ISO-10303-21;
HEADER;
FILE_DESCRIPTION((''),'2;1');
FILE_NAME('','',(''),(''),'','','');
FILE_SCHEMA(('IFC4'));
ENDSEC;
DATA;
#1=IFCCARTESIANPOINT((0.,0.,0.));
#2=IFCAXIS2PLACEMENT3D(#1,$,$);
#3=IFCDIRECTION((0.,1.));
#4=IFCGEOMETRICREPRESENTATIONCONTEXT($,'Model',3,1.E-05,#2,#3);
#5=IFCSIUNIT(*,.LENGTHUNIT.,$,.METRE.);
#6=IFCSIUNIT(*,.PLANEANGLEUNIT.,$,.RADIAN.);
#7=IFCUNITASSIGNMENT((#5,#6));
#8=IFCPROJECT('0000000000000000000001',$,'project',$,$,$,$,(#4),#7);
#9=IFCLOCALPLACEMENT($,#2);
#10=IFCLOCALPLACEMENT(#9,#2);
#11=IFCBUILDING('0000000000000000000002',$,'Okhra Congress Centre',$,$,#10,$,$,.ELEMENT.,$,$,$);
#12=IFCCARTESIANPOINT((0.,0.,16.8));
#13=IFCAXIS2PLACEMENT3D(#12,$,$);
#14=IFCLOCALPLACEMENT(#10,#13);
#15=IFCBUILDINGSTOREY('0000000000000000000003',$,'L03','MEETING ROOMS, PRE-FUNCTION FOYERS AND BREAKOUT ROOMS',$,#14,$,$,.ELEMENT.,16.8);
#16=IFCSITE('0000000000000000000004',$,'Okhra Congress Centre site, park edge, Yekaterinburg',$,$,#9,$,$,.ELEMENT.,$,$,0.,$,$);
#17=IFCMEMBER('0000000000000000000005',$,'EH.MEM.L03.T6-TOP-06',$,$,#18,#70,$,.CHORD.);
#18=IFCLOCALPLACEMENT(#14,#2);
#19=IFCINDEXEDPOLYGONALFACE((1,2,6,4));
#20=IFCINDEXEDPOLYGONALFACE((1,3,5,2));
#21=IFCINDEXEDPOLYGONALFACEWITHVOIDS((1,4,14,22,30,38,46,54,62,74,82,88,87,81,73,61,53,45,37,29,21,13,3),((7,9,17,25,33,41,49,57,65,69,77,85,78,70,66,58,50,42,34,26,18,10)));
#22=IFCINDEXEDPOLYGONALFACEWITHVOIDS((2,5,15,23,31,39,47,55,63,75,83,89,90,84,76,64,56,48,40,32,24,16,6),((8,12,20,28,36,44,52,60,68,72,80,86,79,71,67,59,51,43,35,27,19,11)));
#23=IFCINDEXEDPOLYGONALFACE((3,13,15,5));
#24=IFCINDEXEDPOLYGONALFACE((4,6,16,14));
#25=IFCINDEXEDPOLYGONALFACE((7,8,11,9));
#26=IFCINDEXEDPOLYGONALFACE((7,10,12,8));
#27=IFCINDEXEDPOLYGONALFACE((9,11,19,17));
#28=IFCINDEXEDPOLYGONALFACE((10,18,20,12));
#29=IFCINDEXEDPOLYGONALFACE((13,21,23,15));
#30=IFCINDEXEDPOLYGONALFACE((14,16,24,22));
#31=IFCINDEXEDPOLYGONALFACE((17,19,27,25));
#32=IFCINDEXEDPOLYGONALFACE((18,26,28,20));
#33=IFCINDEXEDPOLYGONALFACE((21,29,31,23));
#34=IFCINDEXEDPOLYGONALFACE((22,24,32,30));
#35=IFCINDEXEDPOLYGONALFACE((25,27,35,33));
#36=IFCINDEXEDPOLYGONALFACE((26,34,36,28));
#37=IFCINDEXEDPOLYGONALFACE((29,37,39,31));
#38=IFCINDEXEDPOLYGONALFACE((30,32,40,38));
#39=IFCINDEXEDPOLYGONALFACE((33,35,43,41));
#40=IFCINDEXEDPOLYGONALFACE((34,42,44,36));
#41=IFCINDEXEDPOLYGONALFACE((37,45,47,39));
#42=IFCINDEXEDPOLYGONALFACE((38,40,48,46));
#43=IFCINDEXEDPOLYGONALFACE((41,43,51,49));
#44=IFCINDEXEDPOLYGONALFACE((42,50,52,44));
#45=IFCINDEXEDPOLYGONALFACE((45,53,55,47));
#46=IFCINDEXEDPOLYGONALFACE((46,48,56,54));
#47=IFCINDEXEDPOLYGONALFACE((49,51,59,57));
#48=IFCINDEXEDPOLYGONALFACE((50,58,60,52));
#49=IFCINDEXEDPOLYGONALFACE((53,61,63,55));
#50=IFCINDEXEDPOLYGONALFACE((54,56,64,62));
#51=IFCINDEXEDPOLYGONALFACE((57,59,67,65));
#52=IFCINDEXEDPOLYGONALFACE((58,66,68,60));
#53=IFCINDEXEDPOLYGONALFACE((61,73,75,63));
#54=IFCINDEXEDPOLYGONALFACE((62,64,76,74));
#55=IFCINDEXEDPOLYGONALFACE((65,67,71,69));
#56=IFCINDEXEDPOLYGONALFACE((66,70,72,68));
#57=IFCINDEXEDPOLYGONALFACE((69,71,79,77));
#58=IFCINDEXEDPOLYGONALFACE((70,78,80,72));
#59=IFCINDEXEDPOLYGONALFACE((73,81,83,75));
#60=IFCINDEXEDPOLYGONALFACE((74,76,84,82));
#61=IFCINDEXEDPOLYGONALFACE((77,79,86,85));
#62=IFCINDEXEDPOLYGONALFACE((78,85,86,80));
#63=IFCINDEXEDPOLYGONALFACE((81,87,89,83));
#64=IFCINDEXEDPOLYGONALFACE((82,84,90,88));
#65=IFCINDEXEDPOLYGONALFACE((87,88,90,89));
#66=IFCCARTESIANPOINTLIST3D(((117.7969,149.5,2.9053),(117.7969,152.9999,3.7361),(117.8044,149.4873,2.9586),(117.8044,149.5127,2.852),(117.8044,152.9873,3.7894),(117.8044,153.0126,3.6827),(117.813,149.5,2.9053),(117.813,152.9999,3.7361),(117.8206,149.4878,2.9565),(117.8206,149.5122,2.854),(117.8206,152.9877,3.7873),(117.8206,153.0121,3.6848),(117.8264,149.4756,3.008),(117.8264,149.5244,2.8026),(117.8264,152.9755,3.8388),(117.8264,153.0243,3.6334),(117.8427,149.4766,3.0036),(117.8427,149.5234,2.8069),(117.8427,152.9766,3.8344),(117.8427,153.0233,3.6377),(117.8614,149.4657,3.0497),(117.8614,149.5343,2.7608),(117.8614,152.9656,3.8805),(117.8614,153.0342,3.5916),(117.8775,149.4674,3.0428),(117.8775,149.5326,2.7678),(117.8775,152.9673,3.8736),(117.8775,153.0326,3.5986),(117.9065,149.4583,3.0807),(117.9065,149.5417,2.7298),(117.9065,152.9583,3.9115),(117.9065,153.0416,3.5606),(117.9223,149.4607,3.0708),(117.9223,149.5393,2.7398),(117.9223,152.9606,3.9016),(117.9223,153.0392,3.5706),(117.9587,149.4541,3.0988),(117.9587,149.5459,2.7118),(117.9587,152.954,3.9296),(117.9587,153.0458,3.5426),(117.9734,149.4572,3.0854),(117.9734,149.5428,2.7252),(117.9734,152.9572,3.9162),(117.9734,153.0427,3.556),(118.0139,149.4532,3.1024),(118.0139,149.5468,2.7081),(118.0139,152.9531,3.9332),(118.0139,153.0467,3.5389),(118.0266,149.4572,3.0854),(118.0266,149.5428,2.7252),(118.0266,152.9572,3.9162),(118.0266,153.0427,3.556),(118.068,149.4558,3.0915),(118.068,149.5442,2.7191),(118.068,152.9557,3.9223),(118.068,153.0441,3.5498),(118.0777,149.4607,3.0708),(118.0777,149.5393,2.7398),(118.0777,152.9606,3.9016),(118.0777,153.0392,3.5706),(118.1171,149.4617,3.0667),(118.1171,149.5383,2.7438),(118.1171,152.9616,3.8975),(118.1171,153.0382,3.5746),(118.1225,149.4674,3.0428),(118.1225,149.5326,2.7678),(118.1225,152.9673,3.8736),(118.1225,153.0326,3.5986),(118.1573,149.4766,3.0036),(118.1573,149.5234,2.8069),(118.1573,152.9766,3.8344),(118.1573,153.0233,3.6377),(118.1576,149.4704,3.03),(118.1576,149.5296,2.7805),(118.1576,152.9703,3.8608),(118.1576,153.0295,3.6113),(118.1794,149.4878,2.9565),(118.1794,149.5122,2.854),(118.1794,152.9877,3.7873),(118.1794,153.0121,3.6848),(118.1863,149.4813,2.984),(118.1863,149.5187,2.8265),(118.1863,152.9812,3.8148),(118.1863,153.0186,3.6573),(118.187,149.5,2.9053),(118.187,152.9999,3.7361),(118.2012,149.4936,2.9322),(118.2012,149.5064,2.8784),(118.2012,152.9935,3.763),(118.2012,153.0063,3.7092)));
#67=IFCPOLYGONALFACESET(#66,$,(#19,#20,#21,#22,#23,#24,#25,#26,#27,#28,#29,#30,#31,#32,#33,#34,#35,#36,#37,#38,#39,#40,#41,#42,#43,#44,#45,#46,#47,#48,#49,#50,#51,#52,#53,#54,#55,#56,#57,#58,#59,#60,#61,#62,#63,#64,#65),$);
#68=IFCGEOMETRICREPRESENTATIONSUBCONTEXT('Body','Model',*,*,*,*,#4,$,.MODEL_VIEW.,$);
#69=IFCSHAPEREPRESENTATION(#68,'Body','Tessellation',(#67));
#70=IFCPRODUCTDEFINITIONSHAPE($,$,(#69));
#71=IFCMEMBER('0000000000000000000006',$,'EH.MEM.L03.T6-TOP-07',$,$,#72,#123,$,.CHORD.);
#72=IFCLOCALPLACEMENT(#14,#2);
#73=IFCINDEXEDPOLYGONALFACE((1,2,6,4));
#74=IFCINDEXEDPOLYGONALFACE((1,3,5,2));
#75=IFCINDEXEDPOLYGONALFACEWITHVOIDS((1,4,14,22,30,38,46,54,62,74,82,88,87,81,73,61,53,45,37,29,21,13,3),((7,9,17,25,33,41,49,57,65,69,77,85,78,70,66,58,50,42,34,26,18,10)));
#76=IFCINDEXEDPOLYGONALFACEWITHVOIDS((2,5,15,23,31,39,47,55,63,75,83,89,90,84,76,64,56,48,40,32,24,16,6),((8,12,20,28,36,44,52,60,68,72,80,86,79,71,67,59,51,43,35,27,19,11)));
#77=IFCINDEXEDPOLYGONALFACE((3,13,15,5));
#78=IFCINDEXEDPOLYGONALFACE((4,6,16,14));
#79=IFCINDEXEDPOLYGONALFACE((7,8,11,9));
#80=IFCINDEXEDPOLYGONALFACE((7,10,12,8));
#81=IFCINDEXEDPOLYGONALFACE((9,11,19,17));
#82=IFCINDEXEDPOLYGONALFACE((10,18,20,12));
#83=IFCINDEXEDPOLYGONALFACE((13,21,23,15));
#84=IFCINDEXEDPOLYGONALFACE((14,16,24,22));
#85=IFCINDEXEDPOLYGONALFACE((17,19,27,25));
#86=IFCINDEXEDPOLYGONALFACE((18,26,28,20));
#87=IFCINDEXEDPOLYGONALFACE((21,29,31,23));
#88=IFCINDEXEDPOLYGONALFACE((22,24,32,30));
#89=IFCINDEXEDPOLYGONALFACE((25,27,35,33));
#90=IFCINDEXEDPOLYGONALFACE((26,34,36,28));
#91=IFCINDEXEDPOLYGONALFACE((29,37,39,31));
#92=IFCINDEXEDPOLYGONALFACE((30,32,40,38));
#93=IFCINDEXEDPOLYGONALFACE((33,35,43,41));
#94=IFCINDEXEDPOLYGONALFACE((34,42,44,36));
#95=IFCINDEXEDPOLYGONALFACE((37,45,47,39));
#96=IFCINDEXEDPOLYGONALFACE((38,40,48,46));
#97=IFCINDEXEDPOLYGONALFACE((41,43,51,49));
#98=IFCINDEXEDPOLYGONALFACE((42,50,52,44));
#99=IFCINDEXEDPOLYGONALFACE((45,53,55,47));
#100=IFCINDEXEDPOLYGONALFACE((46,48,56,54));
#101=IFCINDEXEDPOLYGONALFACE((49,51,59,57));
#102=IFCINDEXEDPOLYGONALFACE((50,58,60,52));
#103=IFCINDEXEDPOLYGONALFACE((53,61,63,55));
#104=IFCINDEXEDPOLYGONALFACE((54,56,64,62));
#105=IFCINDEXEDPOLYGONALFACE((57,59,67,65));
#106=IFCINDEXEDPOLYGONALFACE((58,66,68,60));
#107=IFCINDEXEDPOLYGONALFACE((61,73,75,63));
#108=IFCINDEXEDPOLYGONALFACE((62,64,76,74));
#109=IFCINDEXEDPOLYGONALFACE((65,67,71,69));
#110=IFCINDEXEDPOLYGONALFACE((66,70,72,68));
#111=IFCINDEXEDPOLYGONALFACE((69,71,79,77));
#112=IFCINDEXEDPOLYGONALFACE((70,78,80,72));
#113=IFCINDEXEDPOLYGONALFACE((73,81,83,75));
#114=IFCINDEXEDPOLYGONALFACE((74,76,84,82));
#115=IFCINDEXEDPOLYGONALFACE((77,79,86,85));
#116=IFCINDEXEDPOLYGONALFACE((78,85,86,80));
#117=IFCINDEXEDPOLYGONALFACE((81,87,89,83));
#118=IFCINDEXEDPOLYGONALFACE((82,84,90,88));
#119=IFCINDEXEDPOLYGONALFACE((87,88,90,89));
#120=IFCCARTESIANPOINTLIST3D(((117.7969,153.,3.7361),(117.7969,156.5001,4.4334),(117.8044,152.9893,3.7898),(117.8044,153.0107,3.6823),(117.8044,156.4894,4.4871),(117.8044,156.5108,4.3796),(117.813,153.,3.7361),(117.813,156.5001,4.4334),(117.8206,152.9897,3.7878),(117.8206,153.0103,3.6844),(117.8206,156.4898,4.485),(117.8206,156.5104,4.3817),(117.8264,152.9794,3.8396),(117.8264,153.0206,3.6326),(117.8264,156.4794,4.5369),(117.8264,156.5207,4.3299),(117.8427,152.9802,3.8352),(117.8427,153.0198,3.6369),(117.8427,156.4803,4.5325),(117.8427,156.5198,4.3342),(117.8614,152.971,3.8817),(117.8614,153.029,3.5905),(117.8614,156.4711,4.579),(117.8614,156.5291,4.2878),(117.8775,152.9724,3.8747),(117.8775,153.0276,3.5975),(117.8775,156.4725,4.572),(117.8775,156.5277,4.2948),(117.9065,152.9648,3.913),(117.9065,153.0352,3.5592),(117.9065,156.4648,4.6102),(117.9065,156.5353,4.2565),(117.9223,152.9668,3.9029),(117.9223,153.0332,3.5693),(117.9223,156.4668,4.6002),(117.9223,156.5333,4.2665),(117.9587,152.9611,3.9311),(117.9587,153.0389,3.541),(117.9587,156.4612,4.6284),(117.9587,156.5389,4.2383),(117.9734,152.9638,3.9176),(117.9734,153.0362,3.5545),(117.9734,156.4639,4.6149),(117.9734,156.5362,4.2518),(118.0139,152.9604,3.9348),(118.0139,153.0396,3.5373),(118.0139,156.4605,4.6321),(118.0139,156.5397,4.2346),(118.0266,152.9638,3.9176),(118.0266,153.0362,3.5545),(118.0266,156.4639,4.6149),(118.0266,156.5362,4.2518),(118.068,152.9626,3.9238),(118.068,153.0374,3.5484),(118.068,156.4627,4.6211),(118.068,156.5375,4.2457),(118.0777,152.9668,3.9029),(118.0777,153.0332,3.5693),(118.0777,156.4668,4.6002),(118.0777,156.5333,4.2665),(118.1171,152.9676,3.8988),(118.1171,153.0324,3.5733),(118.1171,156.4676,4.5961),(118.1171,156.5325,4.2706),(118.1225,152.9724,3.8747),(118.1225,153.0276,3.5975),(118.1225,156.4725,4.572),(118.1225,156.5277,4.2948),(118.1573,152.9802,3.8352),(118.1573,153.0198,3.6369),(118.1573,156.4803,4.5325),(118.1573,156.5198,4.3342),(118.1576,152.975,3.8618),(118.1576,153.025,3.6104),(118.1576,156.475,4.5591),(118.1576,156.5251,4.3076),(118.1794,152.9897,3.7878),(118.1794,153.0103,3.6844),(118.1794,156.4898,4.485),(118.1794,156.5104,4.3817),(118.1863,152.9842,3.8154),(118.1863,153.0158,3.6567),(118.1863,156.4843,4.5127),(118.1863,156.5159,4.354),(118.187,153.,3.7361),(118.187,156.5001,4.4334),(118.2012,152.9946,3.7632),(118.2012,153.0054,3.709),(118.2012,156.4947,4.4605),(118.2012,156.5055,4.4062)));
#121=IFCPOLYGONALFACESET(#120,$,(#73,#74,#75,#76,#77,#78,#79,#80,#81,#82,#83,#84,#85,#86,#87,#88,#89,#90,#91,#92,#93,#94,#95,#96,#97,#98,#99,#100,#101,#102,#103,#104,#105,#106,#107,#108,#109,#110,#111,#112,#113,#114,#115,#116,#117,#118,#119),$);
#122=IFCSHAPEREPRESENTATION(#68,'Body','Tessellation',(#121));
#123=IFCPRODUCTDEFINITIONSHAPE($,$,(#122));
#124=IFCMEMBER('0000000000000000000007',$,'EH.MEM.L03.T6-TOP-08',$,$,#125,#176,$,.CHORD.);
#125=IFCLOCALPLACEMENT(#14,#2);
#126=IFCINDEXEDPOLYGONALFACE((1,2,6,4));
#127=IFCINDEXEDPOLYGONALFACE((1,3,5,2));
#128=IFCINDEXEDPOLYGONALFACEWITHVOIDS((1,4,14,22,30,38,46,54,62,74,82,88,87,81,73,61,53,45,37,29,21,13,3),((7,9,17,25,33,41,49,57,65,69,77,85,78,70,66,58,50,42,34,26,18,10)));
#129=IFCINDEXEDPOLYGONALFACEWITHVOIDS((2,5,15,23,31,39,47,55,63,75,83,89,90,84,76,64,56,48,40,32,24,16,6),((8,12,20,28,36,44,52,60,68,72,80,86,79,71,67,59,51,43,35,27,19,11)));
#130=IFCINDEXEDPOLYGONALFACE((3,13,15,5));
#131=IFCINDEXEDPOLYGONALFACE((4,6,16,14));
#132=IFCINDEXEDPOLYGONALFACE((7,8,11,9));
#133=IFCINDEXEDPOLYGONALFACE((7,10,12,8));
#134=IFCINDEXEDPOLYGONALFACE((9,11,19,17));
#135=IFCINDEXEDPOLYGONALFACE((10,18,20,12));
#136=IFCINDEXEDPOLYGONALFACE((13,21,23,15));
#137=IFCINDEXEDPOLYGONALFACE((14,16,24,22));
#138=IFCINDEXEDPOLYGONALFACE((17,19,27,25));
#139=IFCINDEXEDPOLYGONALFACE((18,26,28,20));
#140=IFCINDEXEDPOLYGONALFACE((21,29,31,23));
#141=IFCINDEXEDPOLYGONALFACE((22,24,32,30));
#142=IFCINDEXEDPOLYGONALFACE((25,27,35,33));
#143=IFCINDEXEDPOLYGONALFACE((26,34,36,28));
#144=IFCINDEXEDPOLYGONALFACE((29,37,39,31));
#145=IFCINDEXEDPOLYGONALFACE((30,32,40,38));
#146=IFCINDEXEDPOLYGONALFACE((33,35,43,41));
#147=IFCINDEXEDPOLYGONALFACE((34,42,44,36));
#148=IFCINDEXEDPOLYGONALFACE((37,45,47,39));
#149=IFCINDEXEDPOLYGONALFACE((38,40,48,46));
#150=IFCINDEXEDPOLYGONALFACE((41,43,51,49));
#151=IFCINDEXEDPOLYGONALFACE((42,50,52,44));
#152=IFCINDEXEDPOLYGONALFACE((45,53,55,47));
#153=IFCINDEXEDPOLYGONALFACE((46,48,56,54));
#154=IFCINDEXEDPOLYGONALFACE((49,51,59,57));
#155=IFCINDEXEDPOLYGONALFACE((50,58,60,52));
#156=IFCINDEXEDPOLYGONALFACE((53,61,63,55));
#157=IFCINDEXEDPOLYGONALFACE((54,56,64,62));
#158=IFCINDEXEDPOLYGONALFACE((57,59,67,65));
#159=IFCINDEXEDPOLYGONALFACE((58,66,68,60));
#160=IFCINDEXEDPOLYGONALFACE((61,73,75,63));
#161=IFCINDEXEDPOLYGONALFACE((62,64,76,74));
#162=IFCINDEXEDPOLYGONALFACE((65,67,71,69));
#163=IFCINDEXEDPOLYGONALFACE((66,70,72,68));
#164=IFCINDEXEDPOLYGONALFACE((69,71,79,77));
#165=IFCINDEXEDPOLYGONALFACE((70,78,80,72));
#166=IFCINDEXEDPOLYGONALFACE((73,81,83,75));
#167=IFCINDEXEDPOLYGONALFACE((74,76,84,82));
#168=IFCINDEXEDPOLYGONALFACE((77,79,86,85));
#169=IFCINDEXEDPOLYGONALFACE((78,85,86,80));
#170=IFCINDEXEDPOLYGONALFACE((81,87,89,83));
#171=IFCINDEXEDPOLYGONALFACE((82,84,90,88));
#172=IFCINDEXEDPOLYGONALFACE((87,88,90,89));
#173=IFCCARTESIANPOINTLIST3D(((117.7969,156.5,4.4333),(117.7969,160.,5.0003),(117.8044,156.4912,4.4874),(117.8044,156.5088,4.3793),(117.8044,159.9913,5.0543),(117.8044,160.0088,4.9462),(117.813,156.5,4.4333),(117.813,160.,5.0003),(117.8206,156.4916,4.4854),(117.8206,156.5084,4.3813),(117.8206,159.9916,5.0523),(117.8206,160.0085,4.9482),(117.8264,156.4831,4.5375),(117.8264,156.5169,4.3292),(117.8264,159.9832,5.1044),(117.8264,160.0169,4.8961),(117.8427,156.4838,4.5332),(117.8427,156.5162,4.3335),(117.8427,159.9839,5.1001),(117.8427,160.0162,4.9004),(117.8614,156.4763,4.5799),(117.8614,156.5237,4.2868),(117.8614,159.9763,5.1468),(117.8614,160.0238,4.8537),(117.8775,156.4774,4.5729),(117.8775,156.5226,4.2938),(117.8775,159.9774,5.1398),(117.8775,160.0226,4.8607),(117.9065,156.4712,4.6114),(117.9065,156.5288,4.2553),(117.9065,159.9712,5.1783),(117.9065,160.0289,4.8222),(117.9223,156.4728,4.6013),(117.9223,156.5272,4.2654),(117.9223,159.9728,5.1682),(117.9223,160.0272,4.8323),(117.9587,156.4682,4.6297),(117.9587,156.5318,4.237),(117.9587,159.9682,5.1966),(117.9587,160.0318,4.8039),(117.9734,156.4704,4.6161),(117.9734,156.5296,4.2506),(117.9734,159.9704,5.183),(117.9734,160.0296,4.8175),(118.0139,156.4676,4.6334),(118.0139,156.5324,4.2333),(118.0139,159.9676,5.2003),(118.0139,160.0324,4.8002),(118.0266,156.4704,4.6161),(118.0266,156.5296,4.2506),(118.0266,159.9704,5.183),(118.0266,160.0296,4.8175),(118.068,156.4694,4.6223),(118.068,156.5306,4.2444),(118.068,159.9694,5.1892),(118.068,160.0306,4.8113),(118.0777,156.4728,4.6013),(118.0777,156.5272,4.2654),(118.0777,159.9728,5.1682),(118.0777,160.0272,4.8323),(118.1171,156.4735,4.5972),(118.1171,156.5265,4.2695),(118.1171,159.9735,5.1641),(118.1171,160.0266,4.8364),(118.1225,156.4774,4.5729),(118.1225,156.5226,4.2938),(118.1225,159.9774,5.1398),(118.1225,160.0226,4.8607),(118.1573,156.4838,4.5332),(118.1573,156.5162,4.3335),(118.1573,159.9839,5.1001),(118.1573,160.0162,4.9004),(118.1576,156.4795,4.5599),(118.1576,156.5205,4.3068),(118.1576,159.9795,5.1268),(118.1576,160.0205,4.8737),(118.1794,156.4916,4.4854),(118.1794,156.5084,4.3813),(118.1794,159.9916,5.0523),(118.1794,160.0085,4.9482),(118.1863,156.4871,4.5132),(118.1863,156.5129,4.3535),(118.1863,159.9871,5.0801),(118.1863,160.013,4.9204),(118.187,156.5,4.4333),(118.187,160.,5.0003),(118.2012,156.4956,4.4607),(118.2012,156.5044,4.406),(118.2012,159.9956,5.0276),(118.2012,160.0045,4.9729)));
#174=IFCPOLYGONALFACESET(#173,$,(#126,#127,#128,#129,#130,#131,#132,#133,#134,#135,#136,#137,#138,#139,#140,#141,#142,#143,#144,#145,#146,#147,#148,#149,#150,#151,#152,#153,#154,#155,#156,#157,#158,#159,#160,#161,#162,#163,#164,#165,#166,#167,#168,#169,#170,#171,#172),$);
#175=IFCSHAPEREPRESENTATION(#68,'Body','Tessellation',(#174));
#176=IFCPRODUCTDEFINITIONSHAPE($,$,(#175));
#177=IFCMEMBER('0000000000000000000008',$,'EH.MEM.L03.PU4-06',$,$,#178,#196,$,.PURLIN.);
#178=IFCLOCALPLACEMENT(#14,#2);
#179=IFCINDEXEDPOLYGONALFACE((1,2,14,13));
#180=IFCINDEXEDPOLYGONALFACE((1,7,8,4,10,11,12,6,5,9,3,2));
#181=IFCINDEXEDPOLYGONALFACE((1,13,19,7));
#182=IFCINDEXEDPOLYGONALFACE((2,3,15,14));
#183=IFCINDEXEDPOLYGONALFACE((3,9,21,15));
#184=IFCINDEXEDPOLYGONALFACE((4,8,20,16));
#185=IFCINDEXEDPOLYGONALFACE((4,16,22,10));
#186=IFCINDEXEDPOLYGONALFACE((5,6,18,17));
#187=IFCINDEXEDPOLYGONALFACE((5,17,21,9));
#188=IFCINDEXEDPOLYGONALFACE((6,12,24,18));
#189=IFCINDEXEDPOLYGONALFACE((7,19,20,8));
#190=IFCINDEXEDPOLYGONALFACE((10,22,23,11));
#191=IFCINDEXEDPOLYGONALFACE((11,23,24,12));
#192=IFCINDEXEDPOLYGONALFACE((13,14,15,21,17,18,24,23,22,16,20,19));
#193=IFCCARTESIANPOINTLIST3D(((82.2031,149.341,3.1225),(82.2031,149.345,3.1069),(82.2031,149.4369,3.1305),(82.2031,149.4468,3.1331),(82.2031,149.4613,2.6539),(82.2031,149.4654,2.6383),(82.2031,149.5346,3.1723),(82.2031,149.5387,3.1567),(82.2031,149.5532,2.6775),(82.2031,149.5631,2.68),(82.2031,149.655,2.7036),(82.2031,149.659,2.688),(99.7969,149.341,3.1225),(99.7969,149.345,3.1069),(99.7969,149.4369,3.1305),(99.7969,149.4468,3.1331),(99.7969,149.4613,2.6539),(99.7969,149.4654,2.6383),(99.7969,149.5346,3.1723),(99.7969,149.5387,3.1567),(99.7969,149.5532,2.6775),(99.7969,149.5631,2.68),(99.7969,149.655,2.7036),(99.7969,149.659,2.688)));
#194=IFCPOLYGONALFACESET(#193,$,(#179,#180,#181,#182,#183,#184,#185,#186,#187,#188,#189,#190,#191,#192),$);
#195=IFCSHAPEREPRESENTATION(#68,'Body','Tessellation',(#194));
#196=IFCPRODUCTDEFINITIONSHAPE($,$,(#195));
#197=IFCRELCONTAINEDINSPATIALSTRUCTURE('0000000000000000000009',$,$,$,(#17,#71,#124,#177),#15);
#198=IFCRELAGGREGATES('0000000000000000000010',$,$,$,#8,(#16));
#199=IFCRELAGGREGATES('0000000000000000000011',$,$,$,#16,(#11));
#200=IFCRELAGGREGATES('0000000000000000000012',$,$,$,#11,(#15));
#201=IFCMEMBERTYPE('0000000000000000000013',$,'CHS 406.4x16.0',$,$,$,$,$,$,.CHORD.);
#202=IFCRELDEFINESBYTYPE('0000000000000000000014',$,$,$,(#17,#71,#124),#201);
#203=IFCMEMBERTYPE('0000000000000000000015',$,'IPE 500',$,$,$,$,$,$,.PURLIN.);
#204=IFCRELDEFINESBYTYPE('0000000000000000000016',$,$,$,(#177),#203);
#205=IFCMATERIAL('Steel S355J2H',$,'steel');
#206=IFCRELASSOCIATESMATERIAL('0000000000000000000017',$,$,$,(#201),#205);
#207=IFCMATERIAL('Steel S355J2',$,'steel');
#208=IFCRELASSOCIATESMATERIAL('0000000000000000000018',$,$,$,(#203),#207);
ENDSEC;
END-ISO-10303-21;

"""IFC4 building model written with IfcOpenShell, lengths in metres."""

from ifc_helpers import new_model, si_unit, direction, frame, origin, origin_2d, place, context, subcontext, project, spatial, hollow_circle, i_section, extrude, material, material_profile, profile_set, type_object, element, save


model = new_model("IFC4")

# Units and contexts
model_context = context("Model", 3, precision=1e-05, world=origin(), true_north=direction((0.0, 1.0)))
body_context = subcontext(model_context, "Body", "Model", "MODEL_VIEW")
ifc_project = project(units=[si_unit("LENGTHUNIT", "METRE"), si_unit("PLANEANGLEUNIT", "RADIAN")], contexts=[model_context])

# Site, building, storey
site_placement = place(None, origin())
site = spatial("IfcSite", under=ifc_project, at=site_placement, Name="Okhra Congress Centre site, park edge, Yekaterinburg", CompositionType="ELEMENT", RefElevation=0.0)
building_placement = place(site_placement, origin())
building = spatial("IfcBuilding", under=site, at=building_placement, Name="Okhra Congress Centre", CompositionType="ELEMENT")
storey_placement = place(building_placement, frame((0.0, 0.0, 16.8)))
storey = spatial("IfcBuildingStorey", under=building, at=storey_placement, Name="L03", Description="MEETING ROOMS, PRE-FUNCTION FOYERS AND BREAKOUT ROOMS", CompositionType="ELEMENT", Elevation=16.8)

# Members
ifc_material_1 = material(Name="Steel S355J2H", Category="steel")
ifc_material_profile_1 = material_profile(ifc_material_1, hollow_circle(Radius=0.2031, WallThickness=0.0161, at=origin_2d()), Name="CHS 406.4x16.0")
ifc_profile_set_1 = profile_set([ifc_material_profile_1], Name="Steel S355J2H")
member_type_1 = type_object("IfcMemberType", Name="CHS 406.4x16.0", PredefinedType="CHORD", material=ifc_profile_set_1)
member_1_placement = place(storey_placement, frame((118.0, 149.5, 2.9053), z_axis=(0.0, 0.972964, 0.230957), x_axis=(-1.0, 0.0, 0.0)))
element("IfcMember", 1, at=member_1_placement, inside=storey, type_object=member_type_1, Name="EH.MEM.L03.T6-TOP-06", PredefinedType="CHORD", context=body_context, shape_type="SweptSolid", body=[
    extrude(hollow_circle(Radius=0.2031, WallThickness=0.0161, at=origin_2d()), origin(), (0.0, 0.0, 1.0), 3.5972),
])
member_2_placement = place(storey_placement, frame((118.0, 153.0, 3.7361), z_axis=(0.0, 0.980728, 0.195379), x_axis=(-1.0, 0.0, 0.0)))
element("IfcMember", 2, at=member_2_placement, inside=storey, type_object=member_type_1, Name="EH.MEM.L03.T6-TOP-07", PredefinedType="CHORD", context=body_context, shape_type="SweptSolid", body=[
    extrude(hollow_circle(Radius=0.2031, WallThickness=0.0161, at=origin_2d()), origin(), (0.0, 0.0, 1.0), 3.5688),
])
member_3_placement = place(storey_placement, frame((118.0, 156.5, 4.4333), z_axis=(0.0, 0.987135, 0.159886), x_axis=(-1.0, 0.0, 0.0)))
element("IfcMember", 3, at=member_3_placement, inside=storey, type_object=member_type_1, Name="EH.MEM.L03.T6-TOP-08", PredefinedType="CHORD", context=body_context, shape_type="SweptSolid", body=[
    extrude(hollow_circle(Radius=0.2031, WallThickness=0.0161, at=origin_2d()), origin(), (0.0, 0.0, 1.0), 3.5457),
])
ifc_material_2 = material(Name="Steel S355J2", Category="steel")
ifc_material_profile_2 = material_profile(ifc_material_2, i_section(OverallWidth=0.2, OverallDepth=0.5, WebThickness=0.0103, FlangeThickness=0.0161, at=origin_2d()), Name="IPE 500")
ifc_profile_set_2 = profile_set([ifc_material_profile_2], Name="Steel S355J2")
member_type_2 = type_object("IfcMemberType", Name="IPE 500", PredefinedType="PURLIN", material=ifc_profile_set_2)
for number, where, z_axis, x_axis, name in (
    (4, (82.2031, 149.5, 2.9053), (1.0, 0.0, 0.0), (0.0, 0.96857, 0.248739), "EH.MEM.L03.PU4-06"),
):
    element("IfcMember", number, at=place(storey_placement, frame(where, z_axis=z_axis, x_axis=x_axis)), inside=storey, type_object=member_type_2, Name=name, PredefinedType="PURLIN", context=body_context, shape_type="SweptSolid", body=[
        extrude(i_section(OverallWidth=0.2, OverallDepth=0.5, WebThickness=0.0103, FlangeThickness=0.0161, at=origin_2d()), origin(), (0.0, 0.0, 1.0), 17.5938),
    ])

save(model, "model.ifc")
